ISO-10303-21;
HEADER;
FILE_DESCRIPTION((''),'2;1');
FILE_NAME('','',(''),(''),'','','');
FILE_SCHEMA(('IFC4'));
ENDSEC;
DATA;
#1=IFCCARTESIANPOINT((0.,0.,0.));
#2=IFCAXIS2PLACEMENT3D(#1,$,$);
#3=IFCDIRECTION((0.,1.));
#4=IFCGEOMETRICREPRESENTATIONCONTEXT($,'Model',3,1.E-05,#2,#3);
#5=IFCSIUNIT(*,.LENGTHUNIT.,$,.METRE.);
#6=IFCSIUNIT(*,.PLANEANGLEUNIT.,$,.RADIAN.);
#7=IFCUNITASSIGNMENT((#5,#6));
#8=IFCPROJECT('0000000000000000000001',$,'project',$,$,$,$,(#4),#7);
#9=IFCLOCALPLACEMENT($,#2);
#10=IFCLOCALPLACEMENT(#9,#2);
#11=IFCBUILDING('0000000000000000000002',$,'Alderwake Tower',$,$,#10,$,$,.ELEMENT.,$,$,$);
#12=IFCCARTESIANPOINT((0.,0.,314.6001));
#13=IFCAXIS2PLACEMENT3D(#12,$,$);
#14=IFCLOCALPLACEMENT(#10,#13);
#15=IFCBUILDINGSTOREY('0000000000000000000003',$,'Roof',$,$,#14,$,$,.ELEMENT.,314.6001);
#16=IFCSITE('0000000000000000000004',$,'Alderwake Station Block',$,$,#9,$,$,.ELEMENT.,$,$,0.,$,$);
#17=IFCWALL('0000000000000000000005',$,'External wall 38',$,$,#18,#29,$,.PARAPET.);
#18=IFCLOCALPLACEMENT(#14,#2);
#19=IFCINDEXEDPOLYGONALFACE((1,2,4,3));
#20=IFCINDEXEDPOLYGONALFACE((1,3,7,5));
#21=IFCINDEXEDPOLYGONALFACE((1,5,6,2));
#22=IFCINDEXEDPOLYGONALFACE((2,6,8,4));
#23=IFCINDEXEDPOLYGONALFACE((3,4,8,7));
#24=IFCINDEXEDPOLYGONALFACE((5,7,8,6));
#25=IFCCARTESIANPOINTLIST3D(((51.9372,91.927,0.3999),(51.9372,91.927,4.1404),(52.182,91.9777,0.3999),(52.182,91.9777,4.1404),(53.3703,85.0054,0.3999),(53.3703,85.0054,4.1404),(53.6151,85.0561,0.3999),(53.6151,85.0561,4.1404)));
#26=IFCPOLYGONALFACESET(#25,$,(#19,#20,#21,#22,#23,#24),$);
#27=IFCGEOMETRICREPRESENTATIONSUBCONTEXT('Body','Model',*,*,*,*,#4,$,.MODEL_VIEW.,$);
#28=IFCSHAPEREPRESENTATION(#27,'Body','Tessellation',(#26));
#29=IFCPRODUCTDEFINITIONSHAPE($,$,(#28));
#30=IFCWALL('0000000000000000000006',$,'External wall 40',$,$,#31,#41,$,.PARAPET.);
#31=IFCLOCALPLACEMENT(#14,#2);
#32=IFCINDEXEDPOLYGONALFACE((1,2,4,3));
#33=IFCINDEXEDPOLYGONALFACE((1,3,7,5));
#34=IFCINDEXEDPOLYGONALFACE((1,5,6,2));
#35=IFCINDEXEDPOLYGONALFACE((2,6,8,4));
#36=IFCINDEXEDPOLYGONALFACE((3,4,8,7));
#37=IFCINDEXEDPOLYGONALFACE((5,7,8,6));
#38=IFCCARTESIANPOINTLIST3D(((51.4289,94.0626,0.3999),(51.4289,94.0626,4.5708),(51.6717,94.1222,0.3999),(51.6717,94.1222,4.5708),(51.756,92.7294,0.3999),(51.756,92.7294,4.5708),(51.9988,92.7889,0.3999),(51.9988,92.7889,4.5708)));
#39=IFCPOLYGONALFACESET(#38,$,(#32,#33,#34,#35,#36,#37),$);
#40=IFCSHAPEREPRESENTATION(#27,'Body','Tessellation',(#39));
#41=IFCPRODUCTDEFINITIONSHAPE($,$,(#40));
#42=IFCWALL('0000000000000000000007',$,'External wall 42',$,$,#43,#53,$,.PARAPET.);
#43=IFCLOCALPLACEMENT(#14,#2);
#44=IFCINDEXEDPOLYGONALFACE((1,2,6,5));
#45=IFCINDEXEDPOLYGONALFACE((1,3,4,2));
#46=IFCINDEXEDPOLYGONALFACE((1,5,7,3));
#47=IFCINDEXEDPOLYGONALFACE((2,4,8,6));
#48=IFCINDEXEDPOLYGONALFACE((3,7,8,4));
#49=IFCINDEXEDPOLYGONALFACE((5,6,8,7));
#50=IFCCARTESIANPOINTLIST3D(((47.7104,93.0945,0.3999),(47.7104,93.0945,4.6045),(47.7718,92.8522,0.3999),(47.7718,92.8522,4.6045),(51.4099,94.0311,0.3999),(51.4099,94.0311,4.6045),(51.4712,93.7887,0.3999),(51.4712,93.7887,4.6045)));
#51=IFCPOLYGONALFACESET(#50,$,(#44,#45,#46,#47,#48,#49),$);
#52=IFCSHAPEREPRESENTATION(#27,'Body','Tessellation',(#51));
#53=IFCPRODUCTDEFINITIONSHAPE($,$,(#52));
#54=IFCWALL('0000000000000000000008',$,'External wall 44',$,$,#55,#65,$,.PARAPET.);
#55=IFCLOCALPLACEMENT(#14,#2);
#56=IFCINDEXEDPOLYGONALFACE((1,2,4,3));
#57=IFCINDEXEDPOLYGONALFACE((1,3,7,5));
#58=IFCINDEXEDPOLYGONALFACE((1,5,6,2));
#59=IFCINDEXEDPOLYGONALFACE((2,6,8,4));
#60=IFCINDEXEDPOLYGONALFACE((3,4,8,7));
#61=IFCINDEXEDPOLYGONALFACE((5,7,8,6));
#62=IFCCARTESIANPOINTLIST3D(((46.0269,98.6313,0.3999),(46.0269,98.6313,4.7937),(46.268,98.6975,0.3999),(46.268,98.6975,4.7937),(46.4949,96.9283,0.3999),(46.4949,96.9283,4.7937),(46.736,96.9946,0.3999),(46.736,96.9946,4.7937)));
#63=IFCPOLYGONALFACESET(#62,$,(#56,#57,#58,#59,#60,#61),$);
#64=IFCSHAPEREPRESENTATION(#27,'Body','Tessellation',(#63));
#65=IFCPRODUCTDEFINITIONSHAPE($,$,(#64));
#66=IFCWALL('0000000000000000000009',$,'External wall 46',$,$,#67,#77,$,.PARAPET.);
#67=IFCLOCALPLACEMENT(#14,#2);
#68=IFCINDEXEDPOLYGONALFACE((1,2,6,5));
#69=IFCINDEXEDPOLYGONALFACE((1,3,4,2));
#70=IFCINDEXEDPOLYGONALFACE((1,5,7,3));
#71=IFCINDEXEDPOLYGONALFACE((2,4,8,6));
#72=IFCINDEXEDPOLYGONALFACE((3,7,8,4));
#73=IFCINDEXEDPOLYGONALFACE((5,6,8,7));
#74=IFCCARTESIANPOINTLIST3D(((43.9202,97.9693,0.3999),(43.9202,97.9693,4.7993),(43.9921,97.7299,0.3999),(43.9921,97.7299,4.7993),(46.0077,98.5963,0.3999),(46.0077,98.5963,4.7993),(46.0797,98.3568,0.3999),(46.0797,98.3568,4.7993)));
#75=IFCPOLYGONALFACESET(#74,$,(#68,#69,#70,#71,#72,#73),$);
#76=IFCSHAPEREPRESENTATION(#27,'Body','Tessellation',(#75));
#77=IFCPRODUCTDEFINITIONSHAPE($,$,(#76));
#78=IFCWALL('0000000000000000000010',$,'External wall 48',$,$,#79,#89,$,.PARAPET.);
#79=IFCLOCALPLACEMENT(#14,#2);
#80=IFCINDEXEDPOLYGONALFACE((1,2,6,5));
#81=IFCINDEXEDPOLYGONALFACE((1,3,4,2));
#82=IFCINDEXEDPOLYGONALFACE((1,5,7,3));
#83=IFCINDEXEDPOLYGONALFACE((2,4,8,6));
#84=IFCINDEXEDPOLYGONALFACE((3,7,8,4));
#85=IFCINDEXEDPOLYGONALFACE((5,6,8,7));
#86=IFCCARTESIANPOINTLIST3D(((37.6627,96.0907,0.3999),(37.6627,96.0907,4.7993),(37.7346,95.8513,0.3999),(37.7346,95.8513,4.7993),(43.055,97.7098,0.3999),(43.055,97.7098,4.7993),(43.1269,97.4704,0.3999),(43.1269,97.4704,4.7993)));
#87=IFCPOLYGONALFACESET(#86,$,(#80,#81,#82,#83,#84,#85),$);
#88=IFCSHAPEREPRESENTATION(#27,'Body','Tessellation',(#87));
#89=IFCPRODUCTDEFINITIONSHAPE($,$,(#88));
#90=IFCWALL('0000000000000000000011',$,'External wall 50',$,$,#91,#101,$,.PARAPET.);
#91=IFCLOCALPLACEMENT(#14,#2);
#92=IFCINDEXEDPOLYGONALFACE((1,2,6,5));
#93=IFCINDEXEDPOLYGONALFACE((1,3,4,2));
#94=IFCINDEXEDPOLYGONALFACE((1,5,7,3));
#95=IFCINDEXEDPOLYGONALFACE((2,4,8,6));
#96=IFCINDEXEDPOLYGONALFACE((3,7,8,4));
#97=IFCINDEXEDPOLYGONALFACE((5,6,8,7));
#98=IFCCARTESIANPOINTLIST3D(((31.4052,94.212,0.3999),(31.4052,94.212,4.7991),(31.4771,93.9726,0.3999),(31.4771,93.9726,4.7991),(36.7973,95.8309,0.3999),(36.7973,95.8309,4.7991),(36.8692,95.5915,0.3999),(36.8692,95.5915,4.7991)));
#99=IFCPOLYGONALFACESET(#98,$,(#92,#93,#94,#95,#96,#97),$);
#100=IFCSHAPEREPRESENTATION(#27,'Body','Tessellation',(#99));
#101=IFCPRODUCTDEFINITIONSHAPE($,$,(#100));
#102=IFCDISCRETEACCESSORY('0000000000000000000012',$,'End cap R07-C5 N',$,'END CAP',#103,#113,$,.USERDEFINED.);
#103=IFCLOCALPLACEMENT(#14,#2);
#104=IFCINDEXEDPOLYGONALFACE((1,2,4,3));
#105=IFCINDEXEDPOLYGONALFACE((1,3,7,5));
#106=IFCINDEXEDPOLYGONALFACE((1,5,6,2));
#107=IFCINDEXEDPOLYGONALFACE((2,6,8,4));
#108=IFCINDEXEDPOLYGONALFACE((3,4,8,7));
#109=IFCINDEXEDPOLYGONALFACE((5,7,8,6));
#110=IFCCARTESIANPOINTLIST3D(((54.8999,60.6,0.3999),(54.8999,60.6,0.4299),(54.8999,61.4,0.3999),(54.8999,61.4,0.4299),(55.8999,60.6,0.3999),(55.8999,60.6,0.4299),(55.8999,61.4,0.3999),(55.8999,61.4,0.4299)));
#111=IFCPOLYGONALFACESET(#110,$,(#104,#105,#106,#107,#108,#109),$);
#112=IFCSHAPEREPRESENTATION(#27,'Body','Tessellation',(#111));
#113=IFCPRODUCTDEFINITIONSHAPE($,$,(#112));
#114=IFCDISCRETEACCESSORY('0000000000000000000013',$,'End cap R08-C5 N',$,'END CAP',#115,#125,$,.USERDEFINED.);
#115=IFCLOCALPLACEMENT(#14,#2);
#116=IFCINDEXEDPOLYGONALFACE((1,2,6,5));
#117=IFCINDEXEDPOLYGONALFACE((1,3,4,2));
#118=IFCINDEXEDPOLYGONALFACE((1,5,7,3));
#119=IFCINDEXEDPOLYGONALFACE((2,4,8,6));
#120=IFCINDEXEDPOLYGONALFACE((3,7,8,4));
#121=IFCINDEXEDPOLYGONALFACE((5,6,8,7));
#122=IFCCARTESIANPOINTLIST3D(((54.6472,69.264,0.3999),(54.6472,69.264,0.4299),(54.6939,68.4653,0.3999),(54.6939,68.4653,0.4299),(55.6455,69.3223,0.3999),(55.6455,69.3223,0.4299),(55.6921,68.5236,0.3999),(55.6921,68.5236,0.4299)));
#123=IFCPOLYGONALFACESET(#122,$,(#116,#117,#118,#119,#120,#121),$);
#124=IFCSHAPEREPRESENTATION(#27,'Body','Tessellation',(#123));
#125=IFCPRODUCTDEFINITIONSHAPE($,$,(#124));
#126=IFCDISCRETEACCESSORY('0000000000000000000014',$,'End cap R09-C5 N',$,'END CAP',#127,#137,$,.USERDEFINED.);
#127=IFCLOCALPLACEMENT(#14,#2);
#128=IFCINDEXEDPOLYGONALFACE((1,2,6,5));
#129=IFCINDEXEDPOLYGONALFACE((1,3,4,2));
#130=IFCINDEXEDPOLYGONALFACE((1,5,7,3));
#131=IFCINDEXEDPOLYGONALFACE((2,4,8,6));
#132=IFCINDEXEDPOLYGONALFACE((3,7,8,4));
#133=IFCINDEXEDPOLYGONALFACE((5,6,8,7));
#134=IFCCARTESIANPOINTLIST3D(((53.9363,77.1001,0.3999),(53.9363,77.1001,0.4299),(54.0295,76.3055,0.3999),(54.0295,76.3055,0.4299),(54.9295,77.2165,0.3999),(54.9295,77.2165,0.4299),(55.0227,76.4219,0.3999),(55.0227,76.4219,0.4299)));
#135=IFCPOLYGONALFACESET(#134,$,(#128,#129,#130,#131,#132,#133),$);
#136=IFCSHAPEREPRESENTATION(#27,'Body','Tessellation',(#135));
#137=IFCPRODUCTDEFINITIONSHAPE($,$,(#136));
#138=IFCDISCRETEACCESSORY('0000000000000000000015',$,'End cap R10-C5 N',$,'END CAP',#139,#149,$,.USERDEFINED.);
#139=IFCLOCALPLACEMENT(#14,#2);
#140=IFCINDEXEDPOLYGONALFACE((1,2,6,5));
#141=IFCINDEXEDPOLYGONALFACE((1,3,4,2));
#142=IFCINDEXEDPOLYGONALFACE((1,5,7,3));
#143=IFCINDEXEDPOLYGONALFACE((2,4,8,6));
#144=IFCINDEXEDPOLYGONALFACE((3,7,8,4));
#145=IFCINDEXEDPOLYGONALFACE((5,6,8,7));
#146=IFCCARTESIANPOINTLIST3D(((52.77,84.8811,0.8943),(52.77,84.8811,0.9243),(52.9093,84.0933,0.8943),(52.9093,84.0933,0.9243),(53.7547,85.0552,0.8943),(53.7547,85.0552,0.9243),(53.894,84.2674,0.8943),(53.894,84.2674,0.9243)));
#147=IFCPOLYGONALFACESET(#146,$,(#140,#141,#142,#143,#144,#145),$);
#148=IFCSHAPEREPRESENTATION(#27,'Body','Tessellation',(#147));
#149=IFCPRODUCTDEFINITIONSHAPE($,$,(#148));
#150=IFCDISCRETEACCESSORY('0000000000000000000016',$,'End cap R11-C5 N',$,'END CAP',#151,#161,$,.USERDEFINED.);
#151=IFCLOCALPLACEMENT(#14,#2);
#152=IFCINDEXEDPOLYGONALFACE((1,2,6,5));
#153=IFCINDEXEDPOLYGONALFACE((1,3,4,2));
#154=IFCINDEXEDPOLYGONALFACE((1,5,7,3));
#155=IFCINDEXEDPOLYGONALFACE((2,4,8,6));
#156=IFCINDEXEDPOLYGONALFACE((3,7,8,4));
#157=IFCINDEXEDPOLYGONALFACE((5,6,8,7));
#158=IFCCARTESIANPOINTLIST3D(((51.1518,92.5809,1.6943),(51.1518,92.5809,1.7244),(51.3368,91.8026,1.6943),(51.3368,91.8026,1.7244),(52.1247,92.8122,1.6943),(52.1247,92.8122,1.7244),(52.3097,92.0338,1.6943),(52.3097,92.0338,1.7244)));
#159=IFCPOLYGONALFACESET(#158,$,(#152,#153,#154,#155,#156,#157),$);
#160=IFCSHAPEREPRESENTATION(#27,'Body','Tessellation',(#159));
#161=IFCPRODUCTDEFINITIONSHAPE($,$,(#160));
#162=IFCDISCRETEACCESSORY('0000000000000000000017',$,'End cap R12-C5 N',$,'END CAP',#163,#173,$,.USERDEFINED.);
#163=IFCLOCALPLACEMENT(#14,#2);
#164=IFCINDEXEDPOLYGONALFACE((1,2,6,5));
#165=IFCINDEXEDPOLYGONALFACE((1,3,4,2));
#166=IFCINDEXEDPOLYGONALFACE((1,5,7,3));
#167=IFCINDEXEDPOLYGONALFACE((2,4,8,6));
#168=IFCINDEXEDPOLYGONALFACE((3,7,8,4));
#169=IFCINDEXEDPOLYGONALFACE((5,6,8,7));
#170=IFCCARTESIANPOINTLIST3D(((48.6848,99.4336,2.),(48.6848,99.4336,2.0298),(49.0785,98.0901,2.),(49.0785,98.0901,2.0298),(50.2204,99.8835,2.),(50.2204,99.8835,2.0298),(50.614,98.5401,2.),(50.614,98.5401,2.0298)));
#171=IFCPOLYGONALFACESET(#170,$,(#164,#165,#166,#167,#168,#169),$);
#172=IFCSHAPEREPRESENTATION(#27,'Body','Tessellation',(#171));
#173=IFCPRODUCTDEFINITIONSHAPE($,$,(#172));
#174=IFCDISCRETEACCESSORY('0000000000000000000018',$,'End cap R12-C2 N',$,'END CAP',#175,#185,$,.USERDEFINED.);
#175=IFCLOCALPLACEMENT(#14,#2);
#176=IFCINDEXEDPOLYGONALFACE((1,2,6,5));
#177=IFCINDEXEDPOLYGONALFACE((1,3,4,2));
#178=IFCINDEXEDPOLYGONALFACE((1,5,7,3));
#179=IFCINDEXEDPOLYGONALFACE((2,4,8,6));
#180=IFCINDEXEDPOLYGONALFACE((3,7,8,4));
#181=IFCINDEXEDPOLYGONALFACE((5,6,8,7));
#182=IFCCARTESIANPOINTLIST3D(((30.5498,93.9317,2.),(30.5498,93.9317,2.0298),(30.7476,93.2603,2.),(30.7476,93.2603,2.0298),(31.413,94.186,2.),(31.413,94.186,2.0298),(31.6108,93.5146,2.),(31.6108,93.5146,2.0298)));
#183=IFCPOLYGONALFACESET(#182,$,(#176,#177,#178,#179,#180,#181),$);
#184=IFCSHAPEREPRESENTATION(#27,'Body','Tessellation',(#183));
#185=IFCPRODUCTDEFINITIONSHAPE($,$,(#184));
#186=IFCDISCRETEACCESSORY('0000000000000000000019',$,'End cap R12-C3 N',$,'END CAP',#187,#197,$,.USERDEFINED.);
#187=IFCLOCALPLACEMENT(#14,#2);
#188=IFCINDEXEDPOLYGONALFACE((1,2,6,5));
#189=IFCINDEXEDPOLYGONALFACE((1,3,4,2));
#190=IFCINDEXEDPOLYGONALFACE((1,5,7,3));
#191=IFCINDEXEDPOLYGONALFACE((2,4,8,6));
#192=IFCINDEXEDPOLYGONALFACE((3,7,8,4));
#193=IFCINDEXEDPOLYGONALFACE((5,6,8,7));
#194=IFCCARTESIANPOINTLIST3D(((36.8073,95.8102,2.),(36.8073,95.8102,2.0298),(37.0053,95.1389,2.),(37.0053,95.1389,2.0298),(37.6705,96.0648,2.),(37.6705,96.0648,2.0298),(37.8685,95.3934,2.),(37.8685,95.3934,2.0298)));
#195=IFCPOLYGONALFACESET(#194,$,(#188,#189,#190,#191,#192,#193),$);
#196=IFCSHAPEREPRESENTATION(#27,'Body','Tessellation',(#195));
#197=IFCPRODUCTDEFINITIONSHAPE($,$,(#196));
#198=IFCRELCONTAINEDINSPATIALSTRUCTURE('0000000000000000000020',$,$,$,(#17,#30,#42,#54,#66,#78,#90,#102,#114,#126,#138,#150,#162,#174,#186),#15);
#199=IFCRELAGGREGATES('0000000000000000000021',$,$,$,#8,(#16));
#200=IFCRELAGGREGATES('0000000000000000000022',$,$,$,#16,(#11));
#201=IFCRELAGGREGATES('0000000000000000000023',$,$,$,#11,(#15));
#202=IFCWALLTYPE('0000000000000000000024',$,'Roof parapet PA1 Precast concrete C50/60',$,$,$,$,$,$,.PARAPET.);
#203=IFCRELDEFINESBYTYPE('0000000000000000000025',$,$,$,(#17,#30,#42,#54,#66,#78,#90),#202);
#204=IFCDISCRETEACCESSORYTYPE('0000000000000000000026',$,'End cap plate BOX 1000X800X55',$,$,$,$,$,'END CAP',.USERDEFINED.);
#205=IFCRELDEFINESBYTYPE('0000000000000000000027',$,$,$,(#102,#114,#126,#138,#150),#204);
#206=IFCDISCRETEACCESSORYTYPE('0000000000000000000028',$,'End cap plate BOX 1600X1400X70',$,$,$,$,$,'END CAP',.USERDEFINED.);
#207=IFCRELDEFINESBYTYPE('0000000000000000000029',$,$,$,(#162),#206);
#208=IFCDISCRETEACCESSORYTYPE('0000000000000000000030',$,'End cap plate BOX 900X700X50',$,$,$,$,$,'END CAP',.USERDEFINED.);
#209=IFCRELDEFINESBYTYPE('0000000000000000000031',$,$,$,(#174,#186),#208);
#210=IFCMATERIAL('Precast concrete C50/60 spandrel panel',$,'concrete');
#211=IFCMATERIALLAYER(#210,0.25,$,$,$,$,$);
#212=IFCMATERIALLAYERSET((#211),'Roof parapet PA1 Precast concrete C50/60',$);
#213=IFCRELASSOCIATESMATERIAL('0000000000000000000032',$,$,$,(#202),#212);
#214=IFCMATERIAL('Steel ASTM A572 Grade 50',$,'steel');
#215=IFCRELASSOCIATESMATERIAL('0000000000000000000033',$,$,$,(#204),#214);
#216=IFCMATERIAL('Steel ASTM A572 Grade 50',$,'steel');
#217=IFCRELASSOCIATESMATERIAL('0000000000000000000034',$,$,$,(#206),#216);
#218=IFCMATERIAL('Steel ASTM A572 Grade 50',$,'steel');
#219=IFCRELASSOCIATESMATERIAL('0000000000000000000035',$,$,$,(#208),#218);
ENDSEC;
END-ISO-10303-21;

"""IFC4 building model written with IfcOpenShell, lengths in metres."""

from ifc_helpers import new_model, si_unit, direction, frame, frame_2d, origin, origin_2d, place, context, subcontext, project, spatial, rectangle, extrude, material, layer, layer_set, material_profile, profile_set, type_object, element, save


model = new_model("IFC4")

# Units and contexts
model_context = context("Model", 3, precision=1e-05, world=origin(), true_north=direction((0.0, 1.0)))
body_context = subcontext(model_context, "Body", "Model", "MODEL_VIEW")
ifc_project = project(units=[si_unit("LENGTHUNIT", "METRE"), si_unit("PLANEANGLEUNIT", "RADIAN")], contexts=[model_context])

# Site, building, storey
site_placement = place(None, origin())
site = spatial("IfcSite", under=ifc_project, at=site_placement, Name="Alderwake Station Block", CompositionType="ELEMENT", RefElevation=0.0)
building_placement = place(site_placement, origin())
building = spatial("IfcBuilding", under=site, at=building_placement, Name="Alderwake Tower", CompositionType="ELEMENT")
storey_placement = place(building_placement, frame((0.0, 0.0, 314.6001)))
storey = spatial("IfcBuildingStorey", under=building, at=storey_placement, Name="Roof", CompositionType="ELEMENT", Elevation=314.6001)

# Walls
ifc_material_1 = material(Name="Precast concrete C50/60 spandrel panel", Category="concrete")
ifc_layer = layer(ifc_material_1, 0.25)
ifc_layer_set = layer_set([ifc_layer], Name="Roof parapet PA1 Precast concrete C50/60")
wall_type = type_object("IfcWallType", Name="Roof parapet PA1 Precast concrete C50/60", PredefinedType="PARAPET", material=ifc_layer_set)
wall_1_placement = place(storey_placement, frame((53.4927, 85.0308, 0.3999), z_axis=(0.0, 0.0, 1.0), x_axis=(-0.202747, 0.979231, 0.0)))
element("IfcWall", 1, at=wall_1_placement, inside=storey, type_object=wall_type, Name="External wall 38", PredefinedType="PARAPET", context=body_context, shape_type="SweptSolid", body=[
    extrude(rectangle(XDim=7.0684, YDim=0.25, at=frame_2d((3.5342, 0.0))), origin(), (0.0, 0.0, 1.0), 3.7405),
])
wall_2_placement = place(storey_placement, frame((51.8774, 92.759, 0.3999), z_axis=(0.0, 0.0, 1.0), x_axis=(-0.238307, 0.97119, 0.0)))
element("IfcWall", 2, at=wall_2_placement, inside=storey, type_object=wall_type, Name="External wall 40", PredefinedType="PARAPET", context=body_context, shape_type="SweptSolid", body=[
    extrude(rectangle(XDim=1.3728, YDim=0.25, at=frame_2d((0.6865, 0.0))), origin(), (0.0, 0.0, 1.0), 4.1709),
])
wall_3_placement = place(storey_placement, frame((51.4407, 93.9099, 0.3999), z_axis=(0.0, 0.0, 1.0), x_axis=(-0.969419, -0.24541, 0.0)))
element("IfcWall", 3, at=wall_3_placement, inside=storey, type_object=wall_type, Name="External wall 42", PredefinedType="PARAPET", context=body_context, shape_type="SweptSolid", body=[
    extrude(rectangle(XDim=3.8162, YDim=0.25, at=frame_2d((1.9082, 0.0))), origin(), (0.0, 0.0, 1.0), 4.2046),
])
wall_4_placement = place(storey_placement, frame((46.6155, 96.9614, 0.3999), z_axis=(0.0, 0.0, 1.0), x_axis=(-0.265012, 0.964245, 0.0)))
element("IfcWall", 4, at=wall_4_placement, inside=storey, type_object=wall_type, Name="External wall 44", PredefinedType="PARAPET", context=body_context, shape_type="SweptSolid", body=[
    extrude(rectangle(XDim=1.7661, YDim=0.25, at=frame_2d((0.8831, 0.0))), origin(), (0.0, 0.0, 1.0), 4.3938),
])
wall_5_placement = place(storey_placement, frame((46.0437, 98.4766, 0.3999), z_axis=(0.0, 0.0, 1.0), x_axis=(-0.957743, -0.287625, 0.0)))
element("IfcWall", 5, at=wall_5_placement, inside=storey, type_object=wall_type, Name="External wall 46", PredefinedType="PARAPET", context=body_context, shape_type="SweptSolid", body=[
    extrude(rectangle(XDim=2.1797, YDim=0.25, at=frame_2d((1.0898, 0.0))), origin(), (0.0, 0.0, 1.0), 4.3994),
])
wall_6_placement = place(storey_placement, frame((43.0908, 97.5901, 0.3999), z_axis=(0.0, 0.0, 1.0), x_axis=(-0.957756, -0.287583, 0.0)))
element("IfcWall", 6, at=wall_6_placement, inside=storey, type_object=wall_type, Name="External wall 48", PredefinedType="PARAPET", context=body_context, shape_type="SweptSolid", body=[
    extrude(rectangle(XDim=5.6301, YDim=0.25, at=frame_2d((2.8149, 0.0))), origin(), (0.0, 0.0, 1.0), 4.3994),
])
wall_7_placement = place(storey_placement, frame((36.8333, 95.7112, 0.3999), z_axis=(0.0, 0.0, 1.0), x_axis=(-0.957764, -0.287555, 0.0)))
element("IfcWall", 7, at=wall_7_placement, inside=storey, type_object=wall_type, Name="External wall 50", PredefinedType="PARAPET", context=body_context, shape_type="SweptSolid", body=[
    extrude(rectangle(XDim=5.6299, YDim=0.25, at=frame_2d((2.8149, 0.0))), origin(), (0.0, 0.0, 1.0), 4.3992),
])

# Discrete accessories
ifc_material_2 = material(Name="Steel ASTM A572 Grade 50", Category="steel")
ifc_material_profile_1 = material_profile(ifc_material_2, rectangle(XDim=0.8, YDim=1.0, at=origin_2d()), Name="BOX 1000X800X55 cap")
ifc_profile_set_1 = profile_set([ifc_material_profile_1], Name="Steel ASTM A572 Grade 50")
discrete_accessory_type_1 = type_object("IfcDiscreteAccessoryType", Name="End cap plate BOX 1000X800X55", ElementType="END CAP", PredefinedType="USERDEFINED", material=ifc_profile_set_1)
for number, where, z_axis, x_axis, name in (
    (8, (55.3999, 61.0, 0.3999), (0.0, 0.0, 1.0), (0.0, 1.0, 0.0), "End cap R07-C5 N"),
    (9, (55.1697, 68.8938, 0.3999), (0.0, 0.0, 1.0), (-0.058301, 0.998299, 0.0), "End cap R08-C5 N"),
    (10, (54.4795, 76.761, 0.3999), (0.0, 0.0, 1.0), (-0.116402, 0.993202, 0.0), "End cap R09-C5 N"),
    (11, (53.332, 84.5742, 0.8943), (0.0, 0.0, 1.0), (-0.174107, 0.984727, 0.0), "End cap R10-C5 N"),
    (12, (51.7307, 92.3074, 1.6943), (0.0, 0.0, 1.0), (-0.231222, 0.972901, 0.0), "End cap R11-C5 N"),
):
    element("IfcDiscreteAccessory", number, at=place(storey_placement, frame(where, z_axis=z_axis, x_axis=x_axis)), inside=storey, type_object=discrete_accessory_type_1, Name=name, ObjectType="END CAP", PredefinedType="USERDEFINED", context=body_context, shape_type="SweptSolid", body=[
        extrude(rectangle(XDim=0.8, YDim=1.0, at=origin_2d()), origin(), (0.0, 0.0, 1.0), 0.03),
    ])
ifc_material_3 = material(Name="Steel ASTM A572 Grade 50", Category="steel")
ifc_material_profile_2 = material_profile(ifc_material_3, rectangle(XDim=1.3999, YDim=1.6001, at=origin_2d()), Name="BOX 1600X1400X70 cap")
ifc_profile_set_2 = profile_set([ifc_material_profile_2], Name="Steel ASTM A572 Grade 50")
discrete_accessory_type_2 = type_object("IfcDiscreteAccessoryType", Name="End cap plate BOX 1600X1400X70", ElementType="END CAP", PredefinedType="USERDEFINED", material=ifc_profile_set_2)
discrete_accessory_placement = place(storey_placement, frame((49.6494, 98.9868, 2.0), z_axis=(0.0, 0.0, 1.0), x_axis=(-0.281176, 0.959656, 0.0)))
element("IfcDiscreteAccessory", 13, at=discrete_accessory_placement, inside=storey, type_object=discrete_accessory_type_2, Name="End cap R12-C5 N", ObjectType="END CAP", PredefinedType="USERDEFINED", context=body_context, shape_type="SweptSolid", body=[
    extrude(rectangle(XDim=1.3999, YDim=1.6001, at=origin_2d()), origin(), (0.0, 0.0, 1.0), 0.0298),
])
ifc_material_4 = material(Name="Steel ASTM A572 Grade 50", Category="steel")
ifc_material_profile_3 = material_profile(ifc_material_4, rectangle(XDim=0.7, YDim=0.8999, at=origin_2d()), Name="BOX 900X700X50 cap")
ifc_profile_set_3 = profile_set([ifc_material_profile_3], Name="Steel ASTM A572 Grade 50")
discrete_accessory_type_3 = type_object("IfcDiscreteAccessoryType", Name="End cap plate BOX 900X700X50", ElementType="END CAP", PredefinedType="USERDEFINED", material=ifc_profile_set_3)
for number, where, z_axis, x_axis, name in (
    (14, (31.0803, 93.7231, 2.0), (0.0, 0.0, 1.0), (-0.282583, 0.959243, 0.0), "End cap R12-C2 N"),
    (15, (37.3379, 95.6018, 2.0), (0.0, 0.0, 1.0), (-0.282847, 0.959165, 0.0), "End cap R12-C3 N"),
):
    element("IfcDiscreteAccessory", number, at=place(storey_placement, frame(where, z_axis=z_axis, x_axis=x_axis)), inside=storey, type_object=discrete_accessory_type_3, Name=name, ObjectType="END CAP", PredefinedType="USERDEFINED", context=body_context, shape_type="SweptSolid", body=[
        extrude(rectangle(XDim=0.7, YDim=0.8999, at=origin_2d()), origin(), (0.0, 0.0, 1.0), 0.0298),
    ])

save(model, "model.ifc")
